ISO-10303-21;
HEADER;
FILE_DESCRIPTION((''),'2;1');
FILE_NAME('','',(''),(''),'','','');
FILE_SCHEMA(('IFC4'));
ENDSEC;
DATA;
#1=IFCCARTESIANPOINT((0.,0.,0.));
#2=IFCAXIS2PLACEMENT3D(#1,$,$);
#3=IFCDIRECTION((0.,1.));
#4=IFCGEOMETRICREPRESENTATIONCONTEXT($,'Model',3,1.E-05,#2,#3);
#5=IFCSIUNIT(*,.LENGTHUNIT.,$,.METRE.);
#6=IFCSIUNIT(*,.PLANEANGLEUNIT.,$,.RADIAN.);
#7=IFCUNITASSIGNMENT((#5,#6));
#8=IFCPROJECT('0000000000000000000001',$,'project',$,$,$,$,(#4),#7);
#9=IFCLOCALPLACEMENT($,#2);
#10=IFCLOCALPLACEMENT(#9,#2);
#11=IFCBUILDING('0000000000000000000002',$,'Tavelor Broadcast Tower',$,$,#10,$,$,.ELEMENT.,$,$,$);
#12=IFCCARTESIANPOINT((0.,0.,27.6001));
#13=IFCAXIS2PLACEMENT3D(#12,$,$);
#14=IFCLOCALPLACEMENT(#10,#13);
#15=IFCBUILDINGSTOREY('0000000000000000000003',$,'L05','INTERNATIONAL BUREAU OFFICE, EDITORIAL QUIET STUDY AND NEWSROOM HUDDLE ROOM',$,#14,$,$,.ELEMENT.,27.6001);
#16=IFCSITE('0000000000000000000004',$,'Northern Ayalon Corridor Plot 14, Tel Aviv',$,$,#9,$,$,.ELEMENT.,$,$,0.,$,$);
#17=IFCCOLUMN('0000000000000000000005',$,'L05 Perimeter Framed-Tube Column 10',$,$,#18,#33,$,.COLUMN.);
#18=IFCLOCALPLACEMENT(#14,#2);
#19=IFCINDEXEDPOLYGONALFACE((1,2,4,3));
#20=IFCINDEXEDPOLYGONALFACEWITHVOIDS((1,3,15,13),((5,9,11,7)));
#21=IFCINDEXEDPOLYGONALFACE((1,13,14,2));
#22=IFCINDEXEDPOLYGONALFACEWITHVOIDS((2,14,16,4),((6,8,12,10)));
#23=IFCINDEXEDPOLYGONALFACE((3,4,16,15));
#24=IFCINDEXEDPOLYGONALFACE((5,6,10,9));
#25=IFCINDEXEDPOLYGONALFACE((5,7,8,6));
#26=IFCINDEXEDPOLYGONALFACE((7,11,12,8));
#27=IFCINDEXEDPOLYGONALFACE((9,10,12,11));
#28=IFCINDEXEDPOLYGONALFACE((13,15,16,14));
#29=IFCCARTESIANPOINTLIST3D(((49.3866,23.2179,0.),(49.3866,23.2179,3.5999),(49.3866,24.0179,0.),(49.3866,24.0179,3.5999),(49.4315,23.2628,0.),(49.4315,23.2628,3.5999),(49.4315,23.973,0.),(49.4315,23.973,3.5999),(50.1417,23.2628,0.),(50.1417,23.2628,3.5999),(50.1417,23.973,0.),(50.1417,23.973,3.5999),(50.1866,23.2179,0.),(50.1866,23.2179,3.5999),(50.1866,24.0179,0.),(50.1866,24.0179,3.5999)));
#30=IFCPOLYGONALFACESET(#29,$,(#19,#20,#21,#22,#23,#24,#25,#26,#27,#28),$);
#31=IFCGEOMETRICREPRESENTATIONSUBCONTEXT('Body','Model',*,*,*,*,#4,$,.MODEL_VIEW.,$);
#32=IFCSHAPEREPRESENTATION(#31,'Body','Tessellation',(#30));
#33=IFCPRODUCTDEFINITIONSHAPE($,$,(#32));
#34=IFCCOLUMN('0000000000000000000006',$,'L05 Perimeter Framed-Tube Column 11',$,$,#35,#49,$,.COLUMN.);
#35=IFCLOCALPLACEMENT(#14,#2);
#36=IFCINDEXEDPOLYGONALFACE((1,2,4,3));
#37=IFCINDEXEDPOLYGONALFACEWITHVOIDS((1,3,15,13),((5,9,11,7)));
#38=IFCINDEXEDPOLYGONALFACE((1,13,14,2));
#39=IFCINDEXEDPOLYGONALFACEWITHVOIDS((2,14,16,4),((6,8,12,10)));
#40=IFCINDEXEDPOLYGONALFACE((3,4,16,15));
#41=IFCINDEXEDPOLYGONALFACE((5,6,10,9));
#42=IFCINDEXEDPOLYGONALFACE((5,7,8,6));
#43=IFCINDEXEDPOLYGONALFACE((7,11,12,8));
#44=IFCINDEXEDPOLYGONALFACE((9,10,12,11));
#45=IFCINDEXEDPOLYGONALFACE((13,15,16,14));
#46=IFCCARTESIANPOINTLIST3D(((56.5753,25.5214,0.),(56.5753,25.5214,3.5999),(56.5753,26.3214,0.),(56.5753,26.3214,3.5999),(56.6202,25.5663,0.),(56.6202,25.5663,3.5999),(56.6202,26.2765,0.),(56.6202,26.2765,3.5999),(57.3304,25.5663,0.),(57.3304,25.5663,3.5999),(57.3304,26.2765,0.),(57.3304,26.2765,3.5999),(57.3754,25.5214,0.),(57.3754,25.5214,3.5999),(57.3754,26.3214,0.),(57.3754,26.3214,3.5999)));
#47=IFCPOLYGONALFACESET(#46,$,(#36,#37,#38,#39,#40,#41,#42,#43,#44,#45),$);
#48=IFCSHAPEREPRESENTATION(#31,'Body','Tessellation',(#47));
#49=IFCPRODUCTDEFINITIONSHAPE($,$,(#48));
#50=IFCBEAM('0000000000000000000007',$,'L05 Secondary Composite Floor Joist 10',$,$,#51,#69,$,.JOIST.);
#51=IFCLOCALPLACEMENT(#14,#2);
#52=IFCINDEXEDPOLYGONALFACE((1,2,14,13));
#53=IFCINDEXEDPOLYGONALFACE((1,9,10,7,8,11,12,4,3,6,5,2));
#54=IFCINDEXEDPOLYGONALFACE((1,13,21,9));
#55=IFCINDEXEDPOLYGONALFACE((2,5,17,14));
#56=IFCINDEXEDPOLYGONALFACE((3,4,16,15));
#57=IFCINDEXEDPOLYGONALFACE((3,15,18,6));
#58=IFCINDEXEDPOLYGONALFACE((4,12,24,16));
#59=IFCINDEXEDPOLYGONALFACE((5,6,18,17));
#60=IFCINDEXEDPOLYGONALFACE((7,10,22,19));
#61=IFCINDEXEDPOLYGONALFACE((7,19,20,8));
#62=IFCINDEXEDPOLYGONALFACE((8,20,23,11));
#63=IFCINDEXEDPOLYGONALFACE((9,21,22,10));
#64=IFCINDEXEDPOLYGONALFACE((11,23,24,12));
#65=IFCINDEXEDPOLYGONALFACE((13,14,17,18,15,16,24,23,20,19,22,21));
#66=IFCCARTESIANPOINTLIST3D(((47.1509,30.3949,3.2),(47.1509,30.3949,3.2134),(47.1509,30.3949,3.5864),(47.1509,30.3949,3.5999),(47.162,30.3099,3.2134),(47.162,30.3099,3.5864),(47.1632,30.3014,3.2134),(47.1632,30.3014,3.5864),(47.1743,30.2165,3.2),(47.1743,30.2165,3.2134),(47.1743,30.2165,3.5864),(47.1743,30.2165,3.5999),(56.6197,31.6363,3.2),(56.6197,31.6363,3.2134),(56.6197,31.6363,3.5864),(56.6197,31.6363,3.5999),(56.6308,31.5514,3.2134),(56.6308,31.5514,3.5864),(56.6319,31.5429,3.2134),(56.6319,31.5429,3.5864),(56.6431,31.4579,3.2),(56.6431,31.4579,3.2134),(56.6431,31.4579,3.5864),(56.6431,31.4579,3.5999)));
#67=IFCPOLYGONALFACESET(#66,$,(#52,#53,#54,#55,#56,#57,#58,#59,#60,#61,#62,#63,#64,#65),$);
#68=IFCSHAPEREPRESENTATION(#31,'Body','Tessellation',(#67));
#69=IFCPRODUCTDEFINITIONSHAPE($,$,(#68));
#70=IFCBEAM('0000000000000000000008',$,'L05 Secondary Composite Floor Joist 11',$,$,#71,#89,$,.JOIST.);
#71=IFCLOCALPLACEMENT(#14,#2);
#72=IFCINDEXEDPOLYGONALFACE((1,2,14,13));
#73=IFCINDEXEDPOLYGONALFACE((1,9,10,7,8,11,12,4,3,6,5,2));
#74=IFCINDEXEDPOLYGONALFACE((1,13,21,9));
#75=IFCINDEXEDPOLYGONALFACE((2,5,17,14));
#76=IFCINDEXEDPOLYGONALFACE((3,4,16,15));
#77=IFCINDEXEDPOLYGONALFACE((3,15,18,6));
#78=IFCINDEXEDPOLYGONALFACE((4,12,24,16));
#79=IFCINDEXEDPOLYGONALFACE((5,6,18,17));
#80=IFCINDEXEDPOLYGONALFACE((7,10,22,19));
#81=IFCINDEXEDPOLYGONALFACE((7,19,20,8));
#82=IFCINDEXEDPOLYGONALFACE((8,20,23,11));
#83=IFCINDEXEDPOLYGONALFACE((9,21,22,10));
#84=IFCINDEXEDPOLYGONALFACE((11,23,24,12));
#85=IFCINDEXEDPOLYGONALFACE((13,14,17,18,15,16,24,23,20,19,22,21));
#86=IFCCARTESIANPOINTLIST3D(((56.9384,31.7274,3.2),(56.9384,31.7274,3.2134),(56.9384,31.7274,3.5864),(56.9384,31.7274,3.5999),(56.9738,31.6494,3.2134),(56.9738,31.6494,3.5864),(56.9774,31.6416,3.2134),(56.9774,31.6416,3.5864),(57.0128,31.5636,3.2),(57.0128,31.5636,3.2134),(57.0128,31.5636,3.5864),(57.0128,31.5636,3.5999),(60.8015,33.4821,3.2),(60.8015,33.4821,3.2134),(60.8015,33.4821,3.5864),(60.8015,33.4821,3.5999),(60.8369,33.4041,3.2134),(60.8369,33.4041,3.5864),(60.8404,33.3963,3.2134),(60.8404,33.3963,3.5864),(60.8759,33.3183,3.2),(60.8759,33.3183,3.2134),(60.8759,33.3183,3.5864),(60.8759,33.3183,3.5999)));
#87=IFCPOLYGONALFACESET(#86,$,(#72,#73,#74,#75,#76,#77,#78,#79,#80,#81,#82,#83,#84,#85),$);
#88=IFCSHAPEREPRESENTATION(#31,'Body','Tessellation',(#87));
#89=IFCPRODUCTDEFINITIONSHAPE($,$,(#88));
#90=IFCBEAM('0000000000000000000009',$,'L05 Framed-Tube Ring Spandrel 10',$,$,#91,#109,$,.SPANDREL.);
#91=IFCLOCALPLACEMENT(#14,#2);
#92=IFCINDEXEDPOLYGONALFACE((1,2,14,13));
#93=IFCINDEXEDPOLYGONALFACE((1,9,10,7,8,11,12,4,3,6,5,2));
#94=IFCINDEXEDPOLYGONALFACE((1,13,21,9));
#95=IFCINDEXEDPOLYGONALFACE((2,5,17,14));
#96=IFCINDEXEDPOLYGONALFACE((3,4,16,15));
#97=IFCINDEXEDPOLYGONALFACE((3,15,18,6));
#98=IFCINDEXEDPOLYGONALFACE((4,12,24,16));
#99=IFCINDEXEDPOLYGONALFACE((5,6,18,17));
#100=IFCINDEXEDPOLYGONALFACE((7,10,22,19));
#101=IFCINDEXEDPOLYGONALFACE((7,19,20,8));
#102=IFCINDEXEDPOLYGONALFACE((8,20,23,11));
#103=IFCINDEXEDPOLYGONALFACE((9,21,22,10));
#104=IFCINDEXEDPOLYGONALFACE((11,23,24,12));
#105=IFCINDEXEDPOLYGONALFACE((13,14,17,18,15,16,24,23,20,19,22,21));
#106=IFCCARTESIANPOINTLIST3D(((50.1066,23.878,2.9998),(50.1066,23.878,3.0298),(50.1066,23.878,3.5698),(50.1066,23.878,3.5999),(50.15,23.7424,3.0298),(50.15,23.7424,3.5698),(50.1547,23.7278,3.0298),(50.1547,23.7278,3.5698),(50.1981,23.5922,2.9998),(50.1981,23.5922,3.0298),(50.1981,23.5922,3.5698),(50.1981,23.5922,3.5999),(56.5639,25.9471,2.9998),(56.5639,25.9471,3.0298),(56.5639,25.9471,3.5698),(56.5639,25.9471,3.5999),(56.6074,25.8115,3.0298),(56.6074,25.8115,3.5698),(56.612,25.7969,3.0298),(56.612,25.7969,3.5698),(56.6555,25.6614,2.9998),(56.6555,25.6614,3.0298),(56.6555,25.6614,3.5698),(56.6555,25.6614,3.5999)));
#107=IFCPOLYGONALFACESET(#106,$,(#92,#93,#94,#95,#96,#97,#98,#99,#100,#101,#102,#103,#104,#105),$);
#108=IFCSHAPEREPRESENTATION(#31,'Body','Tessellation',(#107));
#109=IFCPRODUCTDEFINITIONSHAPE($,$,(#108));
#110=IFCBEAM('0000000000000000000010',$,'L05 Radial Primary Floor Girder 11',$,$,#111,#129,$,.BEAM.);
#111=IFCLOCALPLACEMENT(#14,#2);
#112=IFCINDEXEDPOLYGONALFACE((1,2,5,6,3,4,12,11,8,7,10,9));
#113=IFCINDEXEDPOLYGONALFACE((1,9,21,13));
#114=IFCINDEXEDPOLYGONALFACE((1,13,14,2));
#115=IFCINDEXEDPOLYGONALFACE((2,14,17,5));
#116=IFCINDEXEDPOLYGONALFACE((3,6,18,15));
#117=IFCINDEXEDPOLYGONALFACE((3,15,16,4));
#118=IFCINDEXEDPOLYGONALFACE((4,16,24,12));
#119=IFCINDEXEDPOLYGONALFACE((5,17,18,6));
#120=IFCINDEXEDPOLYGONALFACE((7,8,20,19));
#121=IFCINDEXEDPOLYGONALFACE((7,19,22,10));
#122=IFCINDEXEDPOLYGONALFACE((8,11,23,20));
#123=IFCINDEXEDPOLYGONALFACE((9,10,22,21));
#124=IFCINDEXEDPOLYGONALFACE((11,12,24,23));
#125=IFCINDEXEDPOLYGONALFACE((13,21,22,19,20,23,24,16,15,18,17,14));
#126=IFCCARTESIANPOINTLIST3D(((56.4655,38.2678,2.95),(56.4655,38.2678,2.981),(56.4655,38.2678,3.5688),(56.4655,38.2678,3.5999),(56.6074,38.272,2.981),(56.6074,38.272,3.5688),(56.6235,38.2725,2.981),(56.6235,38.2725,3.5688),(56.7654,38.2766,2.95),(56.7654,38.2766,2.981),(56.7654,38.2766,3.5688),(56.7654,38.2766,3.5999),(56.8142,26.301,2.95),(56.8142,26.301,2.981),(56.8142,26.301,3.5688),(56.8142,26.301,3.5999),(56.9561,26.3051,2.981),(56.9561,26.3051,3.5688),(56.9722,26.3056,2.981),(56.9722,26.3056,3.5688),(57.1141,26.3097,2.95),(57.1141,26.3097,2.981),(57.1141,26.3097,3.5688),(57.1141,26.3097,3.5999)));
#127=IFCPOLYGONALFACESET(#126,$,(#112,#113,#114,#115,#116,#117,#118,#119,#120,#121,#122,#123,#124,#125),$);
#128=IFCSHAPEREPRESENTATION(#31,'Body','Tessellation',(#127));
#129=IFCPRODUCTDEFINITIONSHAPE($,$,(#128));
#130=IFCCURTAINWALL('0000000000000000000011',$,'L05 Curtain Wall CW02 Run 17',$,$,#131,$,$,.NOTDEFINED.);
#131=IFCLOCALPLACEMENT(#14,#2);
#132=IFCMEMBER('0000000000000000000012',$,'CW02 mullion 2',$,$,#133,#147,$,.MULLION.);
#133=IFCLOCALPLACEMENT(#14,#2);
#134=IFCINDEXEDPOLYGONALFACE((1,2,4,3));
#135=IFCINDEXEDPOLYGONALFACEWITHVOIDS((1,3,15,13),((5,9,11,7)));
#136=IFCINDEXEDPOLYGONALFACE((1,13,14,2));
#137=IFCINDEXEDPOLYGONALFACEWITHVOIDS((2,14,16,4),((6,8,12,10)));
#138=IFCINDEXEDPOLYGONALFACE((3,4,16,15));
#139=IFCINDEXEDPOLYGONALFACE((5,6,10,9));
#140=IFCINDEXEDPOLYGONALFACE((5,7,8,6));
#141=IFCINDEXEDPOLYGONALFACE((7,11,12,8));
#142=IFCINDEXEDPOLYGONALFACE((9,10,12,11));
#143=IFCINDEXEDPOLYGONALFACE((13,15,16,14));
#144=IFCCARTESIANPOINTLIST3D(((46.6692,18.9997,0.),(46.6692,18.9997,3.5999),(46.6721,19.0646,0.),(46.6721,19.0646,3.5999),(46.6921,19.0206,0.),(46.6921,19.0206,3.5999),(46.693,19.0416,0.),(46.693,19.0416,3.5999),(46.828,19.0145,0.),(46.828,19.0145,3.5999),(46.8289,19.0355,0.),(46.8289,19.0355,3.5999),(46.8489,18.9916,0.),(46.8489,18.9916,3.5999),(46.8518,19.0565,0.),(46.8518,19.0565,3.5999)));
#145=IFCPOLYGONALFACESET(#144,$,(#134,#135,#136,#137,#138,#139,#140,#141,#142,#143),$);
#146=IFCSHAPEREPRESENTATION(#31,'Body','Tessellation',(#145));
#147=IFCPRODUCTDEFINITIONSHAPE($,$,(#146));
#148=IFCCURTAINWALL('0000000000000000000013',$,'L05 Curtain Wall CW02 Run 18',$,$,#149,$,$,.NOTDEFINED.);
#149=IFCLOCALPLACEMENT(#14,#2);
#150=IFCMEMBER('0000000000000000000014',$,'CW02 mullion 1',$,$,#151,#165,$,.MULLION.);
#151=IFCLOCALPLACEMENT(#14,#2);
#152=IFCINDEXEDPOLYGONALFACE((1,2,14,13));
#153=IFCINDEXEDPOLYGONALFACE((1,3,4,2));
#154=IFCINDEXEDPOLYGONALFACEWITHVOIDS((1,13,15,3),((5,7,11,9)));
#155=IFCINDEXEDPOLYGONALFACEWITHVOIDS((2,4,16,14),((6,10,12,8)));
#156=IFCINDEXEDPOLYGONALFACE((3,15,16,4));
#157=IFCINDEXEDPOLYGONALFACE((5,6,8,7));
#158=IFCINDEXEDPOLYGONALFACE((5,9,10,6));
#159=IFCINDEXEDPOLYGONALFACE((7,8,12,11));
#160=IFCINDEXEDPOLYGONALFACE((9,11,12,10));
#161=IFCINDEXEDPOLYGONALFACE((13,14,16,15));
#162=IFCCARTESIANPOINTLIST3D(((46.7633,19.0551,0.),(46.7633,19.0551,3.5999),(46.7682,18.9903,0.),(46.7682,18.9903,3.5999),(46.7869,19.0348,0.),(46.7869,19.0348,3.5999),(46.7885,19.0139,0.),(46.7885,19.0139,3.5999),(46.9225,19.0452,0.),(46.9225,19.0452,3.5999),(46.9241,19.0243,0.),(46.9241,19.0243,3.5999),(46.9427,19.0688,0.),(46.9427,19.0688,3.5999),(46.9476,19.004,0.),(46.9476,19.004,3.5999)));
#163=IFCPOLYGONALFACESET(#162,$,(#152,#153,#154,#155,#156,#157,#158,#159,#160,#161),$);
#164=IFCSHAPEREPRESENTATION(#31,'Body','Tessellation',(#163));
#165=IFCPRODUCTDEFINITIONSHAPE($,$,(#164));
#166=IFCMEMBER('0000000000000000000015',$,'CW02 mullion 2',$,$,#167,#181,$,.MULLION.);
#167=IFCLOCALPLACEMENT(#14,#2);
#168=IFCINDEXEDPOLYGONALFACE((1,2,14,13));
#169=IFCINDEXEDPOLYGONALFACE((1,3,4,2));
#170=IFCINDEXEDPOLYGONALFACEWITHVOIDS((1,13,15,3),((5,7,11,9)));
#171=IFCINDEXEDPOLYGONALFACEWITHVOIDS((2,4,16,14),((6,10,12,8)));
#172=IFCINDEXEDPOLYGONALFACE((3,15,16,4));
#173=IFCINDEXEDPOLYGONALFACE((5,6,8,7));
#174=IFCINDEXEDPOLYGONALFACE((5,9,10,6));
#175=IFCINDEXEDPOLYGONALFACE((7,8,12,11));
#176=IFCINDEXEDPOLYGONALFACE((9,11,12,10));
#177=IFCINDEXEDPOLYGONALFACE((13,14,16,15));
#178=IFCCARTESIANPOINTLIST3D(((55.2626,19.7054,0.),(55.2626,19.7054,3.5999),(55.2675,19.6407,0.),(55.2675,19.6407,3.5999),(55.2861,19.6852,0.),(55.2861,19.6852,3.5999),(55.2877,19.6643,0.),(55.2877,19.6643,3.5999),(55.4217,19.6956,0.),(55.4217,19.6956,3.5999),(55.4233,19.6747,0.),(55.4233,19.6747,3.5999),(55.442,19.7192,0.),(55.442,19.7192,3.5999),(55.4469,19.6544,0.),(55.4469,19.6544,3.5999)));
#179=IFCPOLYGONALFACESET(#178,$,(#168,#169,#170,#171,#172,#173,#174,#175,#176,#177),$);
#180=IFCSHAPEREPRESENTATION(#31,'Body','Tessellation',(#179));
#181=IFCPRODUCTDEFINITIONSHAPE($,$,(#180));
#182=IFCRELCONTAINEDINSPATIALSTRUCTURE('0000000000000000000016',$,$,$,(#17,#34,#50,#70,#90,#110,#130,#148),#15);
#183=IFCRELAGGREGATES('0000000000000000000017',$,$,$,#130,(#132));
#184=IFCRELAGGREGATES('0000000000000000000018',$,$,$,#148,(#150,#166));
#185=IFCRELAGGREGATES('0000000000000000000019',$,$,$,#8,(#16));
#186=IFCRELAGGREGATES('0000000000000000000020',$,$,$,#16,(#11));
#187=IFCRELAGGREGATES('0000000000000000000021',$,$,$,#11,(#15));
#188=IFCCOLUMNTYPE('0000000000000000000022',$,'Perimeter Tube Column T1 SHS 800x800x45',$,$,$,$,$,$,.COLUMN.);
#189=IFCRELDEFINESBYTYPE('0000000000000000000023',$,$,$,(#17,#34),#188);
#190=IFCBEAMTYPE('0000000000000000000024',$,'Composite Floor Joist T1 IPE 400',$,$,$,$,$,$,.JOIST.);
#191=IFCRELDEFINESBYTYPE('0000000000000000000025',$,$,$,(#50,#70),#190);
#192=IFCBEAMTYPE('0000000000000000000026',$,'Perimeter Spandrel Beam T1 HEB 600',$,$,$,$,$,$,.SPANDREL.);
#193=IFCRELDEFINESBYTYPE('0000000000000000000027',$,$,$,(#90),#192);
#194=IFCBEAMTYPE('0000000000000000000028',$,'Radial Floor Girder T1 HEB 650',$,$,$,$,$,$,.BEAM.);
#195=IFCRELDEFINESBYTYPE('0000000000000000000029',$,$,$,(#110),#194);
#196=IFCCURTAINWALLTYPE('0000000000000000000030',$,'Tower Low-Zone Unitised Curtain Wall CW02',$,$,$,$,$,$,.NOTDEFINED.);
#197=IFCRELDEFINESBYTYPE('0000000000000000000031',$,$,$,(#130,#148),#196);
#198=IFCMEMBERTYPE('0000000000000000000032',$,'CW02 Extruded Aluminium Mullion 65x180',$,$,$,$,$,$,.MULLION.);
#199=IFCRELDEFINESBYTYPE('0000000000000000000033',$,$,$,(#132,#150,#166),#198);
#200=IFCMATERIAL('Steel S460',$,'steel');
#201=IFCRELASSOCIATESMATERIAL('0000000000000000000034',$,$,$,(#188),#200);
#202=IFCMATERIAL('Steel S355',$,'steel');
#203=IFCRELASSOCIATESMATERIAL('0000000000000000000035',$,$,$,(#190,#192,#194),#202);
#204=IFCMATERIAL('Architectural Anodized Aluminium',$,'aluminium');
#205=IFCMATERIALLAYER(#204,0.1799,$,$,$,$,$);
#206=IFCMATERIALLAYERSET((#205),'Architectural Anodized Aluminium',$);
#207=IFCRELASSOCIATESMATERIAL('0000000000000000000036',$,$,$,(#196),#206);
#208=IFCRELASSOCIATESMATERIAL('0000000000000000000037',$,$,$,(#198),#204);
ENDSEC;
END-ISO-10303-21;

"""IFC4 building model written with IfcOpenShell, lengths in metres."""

from ifc_helpers import new_model, si_unit, direction, frame, origin, origin_2d, place, context, subcontext, project, spatial, hollow_rectangle, i_section, extrude, source, transform, mapped, material, layer, layer_set, material_profile, profile_set, type_object, type_shapes, element, aggregate, save


model = new_model("IFC4")

# Units and contexts
model_context = context("Model", 3, precision=1e-05, world=origin(), true_north=direction((0.0, 1.0)))
body_context = subcontext(model_context, "Body", "Model", "MODEL_VIEW")
ifc_project = project(units=[si_unit("LENGTHUNIT", "METRE"), si_unit("PLANEANGLEUNIT", "RADIAN")], contexts=[model_context])

# Site, building, storey
site_placement = place(None, origin())
site = spatial("IfcSite", under=ifc_project, at=site_placement, Name="Northern Ayalon Corridor Plot 14, Tel Aviv", CompositionType="ELEMENT", RefElevation=0.0)
building_placement = place(site_placement, origin())
building = spatial("IfcBuilding", under=site, at=building_placement, Name="Tavelor Broadcast Tower", CompositionType="ELEMENT")
storey_placement = place(building_placement, frame((0.0, 0.0, 27.6001)))
storey = spatial("IfcBuildingStorey", under=building, at=storey_placement, Name="L05", Description="INTERNATIONAL BUREAU OFFICE, EDITORIAL QUIET STUDY AND NEWSROOM HUDDLE ROOM", CompositionType="ELEMENT", Elevation=27.6001)

# Columns
ifc_material_1 = material(Name="Steel S460", Category="steel")
ifc_material_profile_1 = material_profile(ifc_material_1, hollow_rectangle(XDim=0.8, YDim=0.8, WallThickness=0.0449, at=origin_2d()), Name="SHS 800x800x45")
ifc_profile_set_1 = profile_set([ifc_material_profile_1], Name="Steel S460")
column_type = type_object("IfcColumnType", Name="Perimeter Tube Column T1 SHS 800x800x45", PredefinedType="COLUMN", material=ifc_profile_set_1)
for number, where, z_axis, x_axis, name in (
    (1, (49.7866, 23.6179, 0.0), (0.0, 0.0, 1.0), (1.0, 0.0, 0.0), "L05 Perimeter Framed-Tube Column 10"),
    (2, (56.9753, 25.9214, 0.0), (0.0, 0.0, 1.0), (1.0, 0.0, 0.0), "L05 Perimeter Framed-Tube Column 11"),
):
    element("IfcColumn", number, at=place(storey_placement, frame(where, z_axis=z_axis, x_axis=x_axis)), inside=storey, type_object=column_type, Name=name, PredefinedType="COLUMN", context=body_context, shape_type="SweptSolid", body=[
        extrude(hollow_rectangle(XDim=0.8, YDim=0.8, WallThickness=0.0449, at=origin_2d()), origin(), (0.0, 0.0, 1.0), 3.5999),
    ])

# Beams
ifc_material_2 = material(Name="Steel S355", Category="steel")
ifc_material_profile_2 = material_profile(ifc_material_2, i_section(OverallWidth=0.1799, OverallDepth=0.3999, WebThickness=0.0085, FlangeThickness=0.0134, at=origin_2d()), Name="IPE 400")
ifc_profile_set_2 = profile_set([ifc_material_profile_2], Name="Steel S355")
beam_type_1 = type_object("IfcBeamType", Name="Composite Floor Joist T1 IPE 400", PredefinedType="JOIST", material=ifc_profile_set_2)
beam_1_placement = place(storey_placement, frame((47.1626, 30.3057, 3.3999), z_axis=(0.991514, 0.129998, 0.0), x_axis=(-0.129998, 0.991514, 0.0)))
element("IfcBeam", 3, at=beam_1_placement, inside=storey, type_object=beam_type_1, Name="L05 Secondary Composite Floor Joist 10", PredefinedType="JOIST", context=body_context, shape_type="SweptSolid", body=[
    extrude(i_section(OverallWidth=0.1799, OverallDepth=0.3999, WebThickness=0.0085, FlangeThickness=0.0134, at=origin_2d()), origin(), (0.0, 0.0, 1.0), 9.5498),
])
beam_2_placement = place(storey_placement, frame((56.9756, 31.6455, 3.3999), z_axis=(0.910481, 0.413551, 0.0), x_axis=(-0.413551, 0.910481, 0.0)))
element("IfcBeam", 4, at=beam_2_placement, inside=storey, type_object=beam_type_1, Name="L05 Secondary Composite Floor Joist 11", PredefinedType="JOIST", context=body_context, shape_type="SweptSolid", body=[
    extrude(i_section(OverallWidth=0.1799, OverallDepth=0.3999, WebThickness=0.0085, FlangeThickness=0.0134, at=origin_2d()), origin(), (0.0, 0.0, 1.0), 4.2429),
])
ifc_material_profile_3 = material_profile(ifc_material_2, i_section(OverallWidth=0.3, OverallDepth=0.6001, WebThickness=0.0154, FlangeThickness=0.03, at=origin_2d()), Name="HEB 600")
ifc_profile_set_3 = profile_set([ifc_material_profile_3], Name="Steel S355")
beam_type_2 = type_object("IfcBeamType", Name="Perimeter Spandrel Beam T1 HEB 600", PredefinedType="SPANDREL", material=ifc_profile_set_3)
beam_3_placement = place(storey_placement, frame((50.1523, 23.7351, 3.2998), z_axis=(0.952306, 0.305145, 0.0), x_axis=(-0.305145, 0.952306, 0.0)))
element("IfcBeam", 5, at=beam_3_placement, inside=storey, type_object=beam_type_2, Name="L05 Framed-Tube Ring Spandrel 10", PredefinedType="SPANDREL", context=body_context, shape_type="SweptSolid", body=[
    extrude(i_section(OverallWidth=0.3, OverallDepth=0.6001, WebThickness=0.0154, FlangeThickness=0.03, at=origin_2d()), origin(), (0.0, 0.0, 1.0), 6.7808),
])
ifc_material_profile_4 = material_profile(ifc_material_2, i_section(OverallWidth=0.3, OverallDepth=0.6499, WebThickness=0.0161, FlangeThickness=0.031, at=origin_2d()), Name="HEB 650")
ifc_profile_set_4 = profile_set([ifc_material_profile_4], Name="Steel S355")
beam_type_3 = type_object("IfcBeamType", Name="Radial Floor Girder T1 HEB 650", PredefinedType="BEAM", material=ifc_profile_set_4)
beam_4_placement = place(storey_placement, frame((56.6155, 38.2722, 3.2749), z_axis=(0.029121, -0.999576, 0.0), x_axis=(0.999576, 0.029121, 0.0)))
element("IfcBeam", 6, at=beam_4_placement, inside=storey, type_object=beam_type_3, Name="L05 Radial Primary Floor Girder 11", PredefinedType="BEAM", context=body_context, shape_type="SweptSolid", body=[
    extrude(i_section(OverallWidth=0.3, OverallDepth=0.6499, WebThickness=0.0161, FlangeThickness=0.031, at=origin_2d()), origin(), (0.0, 0.0, 1.0), 11.9719),
])

# Curtain wall, member
ifc_material_3 = material(Name="Architectural Anodized Aluminium", Category="aluminium")
ifc_layer_1 = layer(ifc_material_3, 0.1799)
ifc_layer_set_1 = layer_set([ifc_layer_1], Name="Architectural Anodized Aluminium")
curtain_wall_type = type_object("IfcCurtainWallType", Name="Tower Low-Zone Unitised Curtain Wall CW02", PredefinedType="NOTDEFINED", material=ifc_layer_set_1)
curtain_wall_1_placement = place(storey_placement, origin())
curtain_wall_1 = element("IfcCurtainWall", 7, at=curtain_wall_1_placement, inside=storey, type_object=curtain_wall_type, Name="L05 Curtain Wall CW02 Run 17", PredefinedType="NOTDEFINED")
ifc_material_profile_5 = material_profile(ifc_material_3, hollow_rectangle(XDim=0.0649, YDim=0.1799, WallThickness=0.022, at=origin_2d()), Name="RHS 65x180x22")
ifc_profile_set_5 = profile_set([ifc_material_profile_5], Name="Architectural Anodized Aluminium")
member_type_1 = type_object("IfcMemberType", Name="CW02 Extruded Aluminium Mullion 65x180", PredefinedType="MULLION", material=ifc_profile_set_5)
shared_shape_1 = source(origin(), body_context, "Body", "SweptSolid", [
    extrude(hollow_rectangle(XDim=0.0649, YDim=0.1799, WallThickness=0.022, at=origin_2d()), origin(), (0.0, 0.0, 1.0), 3.5999),
])
type_shapes(member_type_1, [shared_shape_1])
member_1_placement = place(storey_placement, frame((46.7605, 19.0281, 0.0), z_axis=(0.0, 0.0, 1.0), x_axis=(0.044932, 0.99899, 0.0)))
member_1 = element("IfcMember", 8, at=member_1_placement, type_object=member_type_1, Name="CW02 mullion 2", PredefinedType="MULLION", context=body_context, shape_type="MappedRepresentation", body=[
    mapped(shared_shape_1, transform((0.0, 0.0, 0.0), scale=1.0)),
])
aggregate(curtain_wall_1, [member_1])

# Curtain wall, members
curtain_wall_2_placement = place(storey_placement, origin())
curtain_wall_2 = element("IfcCurtainWall", 9, at=curtain_wall_2_placement, inside=storey, type_object=curtain_wall_type, Name="L05 Curtain Wall CW02 Run 18", PredefinedType="NOTDEFINED")
member_2_placement = place(storey_placement, frame((46.8555, 19.0295, 0.0), z_axis=(0.0, 0.0, 1.0), x_axis=(-0.076282, 0.997086, 0.0)))
member_2 = element("IfcMember", 10, at=member_2_placement, type_object=member_type_1, Name="CW02 mullion 1", PredefinedType="MULLION", context=body_context, shape_type="MappedRepresentation", body=[
    mapped(shared_shape_1, transform((0.0, 0.0, 0.0), scale=1.0)),
])
member_3_placement = place(storey_placement, frame((55.3547, 19.6799, 0.0), z_axis=(0.0, 0.0, 1.0), x_axis=(-0.076282, 0.997086, 0.0)))
member_3 = element("IfcMember", 11, at=member_3_placement, type_object=member_type_1, Name="CW02 mullion 2", PredefinedType="MULLION", context=body_context, shape_type="MappedRepresentation", body=[
    mapped(shared_shape_1, transform((0.0, 0.0, 0.0), scale=1.0)),
])

aggregate(curtain_wall_2, [member_2, member_3])

save(model, "model.ifc")
